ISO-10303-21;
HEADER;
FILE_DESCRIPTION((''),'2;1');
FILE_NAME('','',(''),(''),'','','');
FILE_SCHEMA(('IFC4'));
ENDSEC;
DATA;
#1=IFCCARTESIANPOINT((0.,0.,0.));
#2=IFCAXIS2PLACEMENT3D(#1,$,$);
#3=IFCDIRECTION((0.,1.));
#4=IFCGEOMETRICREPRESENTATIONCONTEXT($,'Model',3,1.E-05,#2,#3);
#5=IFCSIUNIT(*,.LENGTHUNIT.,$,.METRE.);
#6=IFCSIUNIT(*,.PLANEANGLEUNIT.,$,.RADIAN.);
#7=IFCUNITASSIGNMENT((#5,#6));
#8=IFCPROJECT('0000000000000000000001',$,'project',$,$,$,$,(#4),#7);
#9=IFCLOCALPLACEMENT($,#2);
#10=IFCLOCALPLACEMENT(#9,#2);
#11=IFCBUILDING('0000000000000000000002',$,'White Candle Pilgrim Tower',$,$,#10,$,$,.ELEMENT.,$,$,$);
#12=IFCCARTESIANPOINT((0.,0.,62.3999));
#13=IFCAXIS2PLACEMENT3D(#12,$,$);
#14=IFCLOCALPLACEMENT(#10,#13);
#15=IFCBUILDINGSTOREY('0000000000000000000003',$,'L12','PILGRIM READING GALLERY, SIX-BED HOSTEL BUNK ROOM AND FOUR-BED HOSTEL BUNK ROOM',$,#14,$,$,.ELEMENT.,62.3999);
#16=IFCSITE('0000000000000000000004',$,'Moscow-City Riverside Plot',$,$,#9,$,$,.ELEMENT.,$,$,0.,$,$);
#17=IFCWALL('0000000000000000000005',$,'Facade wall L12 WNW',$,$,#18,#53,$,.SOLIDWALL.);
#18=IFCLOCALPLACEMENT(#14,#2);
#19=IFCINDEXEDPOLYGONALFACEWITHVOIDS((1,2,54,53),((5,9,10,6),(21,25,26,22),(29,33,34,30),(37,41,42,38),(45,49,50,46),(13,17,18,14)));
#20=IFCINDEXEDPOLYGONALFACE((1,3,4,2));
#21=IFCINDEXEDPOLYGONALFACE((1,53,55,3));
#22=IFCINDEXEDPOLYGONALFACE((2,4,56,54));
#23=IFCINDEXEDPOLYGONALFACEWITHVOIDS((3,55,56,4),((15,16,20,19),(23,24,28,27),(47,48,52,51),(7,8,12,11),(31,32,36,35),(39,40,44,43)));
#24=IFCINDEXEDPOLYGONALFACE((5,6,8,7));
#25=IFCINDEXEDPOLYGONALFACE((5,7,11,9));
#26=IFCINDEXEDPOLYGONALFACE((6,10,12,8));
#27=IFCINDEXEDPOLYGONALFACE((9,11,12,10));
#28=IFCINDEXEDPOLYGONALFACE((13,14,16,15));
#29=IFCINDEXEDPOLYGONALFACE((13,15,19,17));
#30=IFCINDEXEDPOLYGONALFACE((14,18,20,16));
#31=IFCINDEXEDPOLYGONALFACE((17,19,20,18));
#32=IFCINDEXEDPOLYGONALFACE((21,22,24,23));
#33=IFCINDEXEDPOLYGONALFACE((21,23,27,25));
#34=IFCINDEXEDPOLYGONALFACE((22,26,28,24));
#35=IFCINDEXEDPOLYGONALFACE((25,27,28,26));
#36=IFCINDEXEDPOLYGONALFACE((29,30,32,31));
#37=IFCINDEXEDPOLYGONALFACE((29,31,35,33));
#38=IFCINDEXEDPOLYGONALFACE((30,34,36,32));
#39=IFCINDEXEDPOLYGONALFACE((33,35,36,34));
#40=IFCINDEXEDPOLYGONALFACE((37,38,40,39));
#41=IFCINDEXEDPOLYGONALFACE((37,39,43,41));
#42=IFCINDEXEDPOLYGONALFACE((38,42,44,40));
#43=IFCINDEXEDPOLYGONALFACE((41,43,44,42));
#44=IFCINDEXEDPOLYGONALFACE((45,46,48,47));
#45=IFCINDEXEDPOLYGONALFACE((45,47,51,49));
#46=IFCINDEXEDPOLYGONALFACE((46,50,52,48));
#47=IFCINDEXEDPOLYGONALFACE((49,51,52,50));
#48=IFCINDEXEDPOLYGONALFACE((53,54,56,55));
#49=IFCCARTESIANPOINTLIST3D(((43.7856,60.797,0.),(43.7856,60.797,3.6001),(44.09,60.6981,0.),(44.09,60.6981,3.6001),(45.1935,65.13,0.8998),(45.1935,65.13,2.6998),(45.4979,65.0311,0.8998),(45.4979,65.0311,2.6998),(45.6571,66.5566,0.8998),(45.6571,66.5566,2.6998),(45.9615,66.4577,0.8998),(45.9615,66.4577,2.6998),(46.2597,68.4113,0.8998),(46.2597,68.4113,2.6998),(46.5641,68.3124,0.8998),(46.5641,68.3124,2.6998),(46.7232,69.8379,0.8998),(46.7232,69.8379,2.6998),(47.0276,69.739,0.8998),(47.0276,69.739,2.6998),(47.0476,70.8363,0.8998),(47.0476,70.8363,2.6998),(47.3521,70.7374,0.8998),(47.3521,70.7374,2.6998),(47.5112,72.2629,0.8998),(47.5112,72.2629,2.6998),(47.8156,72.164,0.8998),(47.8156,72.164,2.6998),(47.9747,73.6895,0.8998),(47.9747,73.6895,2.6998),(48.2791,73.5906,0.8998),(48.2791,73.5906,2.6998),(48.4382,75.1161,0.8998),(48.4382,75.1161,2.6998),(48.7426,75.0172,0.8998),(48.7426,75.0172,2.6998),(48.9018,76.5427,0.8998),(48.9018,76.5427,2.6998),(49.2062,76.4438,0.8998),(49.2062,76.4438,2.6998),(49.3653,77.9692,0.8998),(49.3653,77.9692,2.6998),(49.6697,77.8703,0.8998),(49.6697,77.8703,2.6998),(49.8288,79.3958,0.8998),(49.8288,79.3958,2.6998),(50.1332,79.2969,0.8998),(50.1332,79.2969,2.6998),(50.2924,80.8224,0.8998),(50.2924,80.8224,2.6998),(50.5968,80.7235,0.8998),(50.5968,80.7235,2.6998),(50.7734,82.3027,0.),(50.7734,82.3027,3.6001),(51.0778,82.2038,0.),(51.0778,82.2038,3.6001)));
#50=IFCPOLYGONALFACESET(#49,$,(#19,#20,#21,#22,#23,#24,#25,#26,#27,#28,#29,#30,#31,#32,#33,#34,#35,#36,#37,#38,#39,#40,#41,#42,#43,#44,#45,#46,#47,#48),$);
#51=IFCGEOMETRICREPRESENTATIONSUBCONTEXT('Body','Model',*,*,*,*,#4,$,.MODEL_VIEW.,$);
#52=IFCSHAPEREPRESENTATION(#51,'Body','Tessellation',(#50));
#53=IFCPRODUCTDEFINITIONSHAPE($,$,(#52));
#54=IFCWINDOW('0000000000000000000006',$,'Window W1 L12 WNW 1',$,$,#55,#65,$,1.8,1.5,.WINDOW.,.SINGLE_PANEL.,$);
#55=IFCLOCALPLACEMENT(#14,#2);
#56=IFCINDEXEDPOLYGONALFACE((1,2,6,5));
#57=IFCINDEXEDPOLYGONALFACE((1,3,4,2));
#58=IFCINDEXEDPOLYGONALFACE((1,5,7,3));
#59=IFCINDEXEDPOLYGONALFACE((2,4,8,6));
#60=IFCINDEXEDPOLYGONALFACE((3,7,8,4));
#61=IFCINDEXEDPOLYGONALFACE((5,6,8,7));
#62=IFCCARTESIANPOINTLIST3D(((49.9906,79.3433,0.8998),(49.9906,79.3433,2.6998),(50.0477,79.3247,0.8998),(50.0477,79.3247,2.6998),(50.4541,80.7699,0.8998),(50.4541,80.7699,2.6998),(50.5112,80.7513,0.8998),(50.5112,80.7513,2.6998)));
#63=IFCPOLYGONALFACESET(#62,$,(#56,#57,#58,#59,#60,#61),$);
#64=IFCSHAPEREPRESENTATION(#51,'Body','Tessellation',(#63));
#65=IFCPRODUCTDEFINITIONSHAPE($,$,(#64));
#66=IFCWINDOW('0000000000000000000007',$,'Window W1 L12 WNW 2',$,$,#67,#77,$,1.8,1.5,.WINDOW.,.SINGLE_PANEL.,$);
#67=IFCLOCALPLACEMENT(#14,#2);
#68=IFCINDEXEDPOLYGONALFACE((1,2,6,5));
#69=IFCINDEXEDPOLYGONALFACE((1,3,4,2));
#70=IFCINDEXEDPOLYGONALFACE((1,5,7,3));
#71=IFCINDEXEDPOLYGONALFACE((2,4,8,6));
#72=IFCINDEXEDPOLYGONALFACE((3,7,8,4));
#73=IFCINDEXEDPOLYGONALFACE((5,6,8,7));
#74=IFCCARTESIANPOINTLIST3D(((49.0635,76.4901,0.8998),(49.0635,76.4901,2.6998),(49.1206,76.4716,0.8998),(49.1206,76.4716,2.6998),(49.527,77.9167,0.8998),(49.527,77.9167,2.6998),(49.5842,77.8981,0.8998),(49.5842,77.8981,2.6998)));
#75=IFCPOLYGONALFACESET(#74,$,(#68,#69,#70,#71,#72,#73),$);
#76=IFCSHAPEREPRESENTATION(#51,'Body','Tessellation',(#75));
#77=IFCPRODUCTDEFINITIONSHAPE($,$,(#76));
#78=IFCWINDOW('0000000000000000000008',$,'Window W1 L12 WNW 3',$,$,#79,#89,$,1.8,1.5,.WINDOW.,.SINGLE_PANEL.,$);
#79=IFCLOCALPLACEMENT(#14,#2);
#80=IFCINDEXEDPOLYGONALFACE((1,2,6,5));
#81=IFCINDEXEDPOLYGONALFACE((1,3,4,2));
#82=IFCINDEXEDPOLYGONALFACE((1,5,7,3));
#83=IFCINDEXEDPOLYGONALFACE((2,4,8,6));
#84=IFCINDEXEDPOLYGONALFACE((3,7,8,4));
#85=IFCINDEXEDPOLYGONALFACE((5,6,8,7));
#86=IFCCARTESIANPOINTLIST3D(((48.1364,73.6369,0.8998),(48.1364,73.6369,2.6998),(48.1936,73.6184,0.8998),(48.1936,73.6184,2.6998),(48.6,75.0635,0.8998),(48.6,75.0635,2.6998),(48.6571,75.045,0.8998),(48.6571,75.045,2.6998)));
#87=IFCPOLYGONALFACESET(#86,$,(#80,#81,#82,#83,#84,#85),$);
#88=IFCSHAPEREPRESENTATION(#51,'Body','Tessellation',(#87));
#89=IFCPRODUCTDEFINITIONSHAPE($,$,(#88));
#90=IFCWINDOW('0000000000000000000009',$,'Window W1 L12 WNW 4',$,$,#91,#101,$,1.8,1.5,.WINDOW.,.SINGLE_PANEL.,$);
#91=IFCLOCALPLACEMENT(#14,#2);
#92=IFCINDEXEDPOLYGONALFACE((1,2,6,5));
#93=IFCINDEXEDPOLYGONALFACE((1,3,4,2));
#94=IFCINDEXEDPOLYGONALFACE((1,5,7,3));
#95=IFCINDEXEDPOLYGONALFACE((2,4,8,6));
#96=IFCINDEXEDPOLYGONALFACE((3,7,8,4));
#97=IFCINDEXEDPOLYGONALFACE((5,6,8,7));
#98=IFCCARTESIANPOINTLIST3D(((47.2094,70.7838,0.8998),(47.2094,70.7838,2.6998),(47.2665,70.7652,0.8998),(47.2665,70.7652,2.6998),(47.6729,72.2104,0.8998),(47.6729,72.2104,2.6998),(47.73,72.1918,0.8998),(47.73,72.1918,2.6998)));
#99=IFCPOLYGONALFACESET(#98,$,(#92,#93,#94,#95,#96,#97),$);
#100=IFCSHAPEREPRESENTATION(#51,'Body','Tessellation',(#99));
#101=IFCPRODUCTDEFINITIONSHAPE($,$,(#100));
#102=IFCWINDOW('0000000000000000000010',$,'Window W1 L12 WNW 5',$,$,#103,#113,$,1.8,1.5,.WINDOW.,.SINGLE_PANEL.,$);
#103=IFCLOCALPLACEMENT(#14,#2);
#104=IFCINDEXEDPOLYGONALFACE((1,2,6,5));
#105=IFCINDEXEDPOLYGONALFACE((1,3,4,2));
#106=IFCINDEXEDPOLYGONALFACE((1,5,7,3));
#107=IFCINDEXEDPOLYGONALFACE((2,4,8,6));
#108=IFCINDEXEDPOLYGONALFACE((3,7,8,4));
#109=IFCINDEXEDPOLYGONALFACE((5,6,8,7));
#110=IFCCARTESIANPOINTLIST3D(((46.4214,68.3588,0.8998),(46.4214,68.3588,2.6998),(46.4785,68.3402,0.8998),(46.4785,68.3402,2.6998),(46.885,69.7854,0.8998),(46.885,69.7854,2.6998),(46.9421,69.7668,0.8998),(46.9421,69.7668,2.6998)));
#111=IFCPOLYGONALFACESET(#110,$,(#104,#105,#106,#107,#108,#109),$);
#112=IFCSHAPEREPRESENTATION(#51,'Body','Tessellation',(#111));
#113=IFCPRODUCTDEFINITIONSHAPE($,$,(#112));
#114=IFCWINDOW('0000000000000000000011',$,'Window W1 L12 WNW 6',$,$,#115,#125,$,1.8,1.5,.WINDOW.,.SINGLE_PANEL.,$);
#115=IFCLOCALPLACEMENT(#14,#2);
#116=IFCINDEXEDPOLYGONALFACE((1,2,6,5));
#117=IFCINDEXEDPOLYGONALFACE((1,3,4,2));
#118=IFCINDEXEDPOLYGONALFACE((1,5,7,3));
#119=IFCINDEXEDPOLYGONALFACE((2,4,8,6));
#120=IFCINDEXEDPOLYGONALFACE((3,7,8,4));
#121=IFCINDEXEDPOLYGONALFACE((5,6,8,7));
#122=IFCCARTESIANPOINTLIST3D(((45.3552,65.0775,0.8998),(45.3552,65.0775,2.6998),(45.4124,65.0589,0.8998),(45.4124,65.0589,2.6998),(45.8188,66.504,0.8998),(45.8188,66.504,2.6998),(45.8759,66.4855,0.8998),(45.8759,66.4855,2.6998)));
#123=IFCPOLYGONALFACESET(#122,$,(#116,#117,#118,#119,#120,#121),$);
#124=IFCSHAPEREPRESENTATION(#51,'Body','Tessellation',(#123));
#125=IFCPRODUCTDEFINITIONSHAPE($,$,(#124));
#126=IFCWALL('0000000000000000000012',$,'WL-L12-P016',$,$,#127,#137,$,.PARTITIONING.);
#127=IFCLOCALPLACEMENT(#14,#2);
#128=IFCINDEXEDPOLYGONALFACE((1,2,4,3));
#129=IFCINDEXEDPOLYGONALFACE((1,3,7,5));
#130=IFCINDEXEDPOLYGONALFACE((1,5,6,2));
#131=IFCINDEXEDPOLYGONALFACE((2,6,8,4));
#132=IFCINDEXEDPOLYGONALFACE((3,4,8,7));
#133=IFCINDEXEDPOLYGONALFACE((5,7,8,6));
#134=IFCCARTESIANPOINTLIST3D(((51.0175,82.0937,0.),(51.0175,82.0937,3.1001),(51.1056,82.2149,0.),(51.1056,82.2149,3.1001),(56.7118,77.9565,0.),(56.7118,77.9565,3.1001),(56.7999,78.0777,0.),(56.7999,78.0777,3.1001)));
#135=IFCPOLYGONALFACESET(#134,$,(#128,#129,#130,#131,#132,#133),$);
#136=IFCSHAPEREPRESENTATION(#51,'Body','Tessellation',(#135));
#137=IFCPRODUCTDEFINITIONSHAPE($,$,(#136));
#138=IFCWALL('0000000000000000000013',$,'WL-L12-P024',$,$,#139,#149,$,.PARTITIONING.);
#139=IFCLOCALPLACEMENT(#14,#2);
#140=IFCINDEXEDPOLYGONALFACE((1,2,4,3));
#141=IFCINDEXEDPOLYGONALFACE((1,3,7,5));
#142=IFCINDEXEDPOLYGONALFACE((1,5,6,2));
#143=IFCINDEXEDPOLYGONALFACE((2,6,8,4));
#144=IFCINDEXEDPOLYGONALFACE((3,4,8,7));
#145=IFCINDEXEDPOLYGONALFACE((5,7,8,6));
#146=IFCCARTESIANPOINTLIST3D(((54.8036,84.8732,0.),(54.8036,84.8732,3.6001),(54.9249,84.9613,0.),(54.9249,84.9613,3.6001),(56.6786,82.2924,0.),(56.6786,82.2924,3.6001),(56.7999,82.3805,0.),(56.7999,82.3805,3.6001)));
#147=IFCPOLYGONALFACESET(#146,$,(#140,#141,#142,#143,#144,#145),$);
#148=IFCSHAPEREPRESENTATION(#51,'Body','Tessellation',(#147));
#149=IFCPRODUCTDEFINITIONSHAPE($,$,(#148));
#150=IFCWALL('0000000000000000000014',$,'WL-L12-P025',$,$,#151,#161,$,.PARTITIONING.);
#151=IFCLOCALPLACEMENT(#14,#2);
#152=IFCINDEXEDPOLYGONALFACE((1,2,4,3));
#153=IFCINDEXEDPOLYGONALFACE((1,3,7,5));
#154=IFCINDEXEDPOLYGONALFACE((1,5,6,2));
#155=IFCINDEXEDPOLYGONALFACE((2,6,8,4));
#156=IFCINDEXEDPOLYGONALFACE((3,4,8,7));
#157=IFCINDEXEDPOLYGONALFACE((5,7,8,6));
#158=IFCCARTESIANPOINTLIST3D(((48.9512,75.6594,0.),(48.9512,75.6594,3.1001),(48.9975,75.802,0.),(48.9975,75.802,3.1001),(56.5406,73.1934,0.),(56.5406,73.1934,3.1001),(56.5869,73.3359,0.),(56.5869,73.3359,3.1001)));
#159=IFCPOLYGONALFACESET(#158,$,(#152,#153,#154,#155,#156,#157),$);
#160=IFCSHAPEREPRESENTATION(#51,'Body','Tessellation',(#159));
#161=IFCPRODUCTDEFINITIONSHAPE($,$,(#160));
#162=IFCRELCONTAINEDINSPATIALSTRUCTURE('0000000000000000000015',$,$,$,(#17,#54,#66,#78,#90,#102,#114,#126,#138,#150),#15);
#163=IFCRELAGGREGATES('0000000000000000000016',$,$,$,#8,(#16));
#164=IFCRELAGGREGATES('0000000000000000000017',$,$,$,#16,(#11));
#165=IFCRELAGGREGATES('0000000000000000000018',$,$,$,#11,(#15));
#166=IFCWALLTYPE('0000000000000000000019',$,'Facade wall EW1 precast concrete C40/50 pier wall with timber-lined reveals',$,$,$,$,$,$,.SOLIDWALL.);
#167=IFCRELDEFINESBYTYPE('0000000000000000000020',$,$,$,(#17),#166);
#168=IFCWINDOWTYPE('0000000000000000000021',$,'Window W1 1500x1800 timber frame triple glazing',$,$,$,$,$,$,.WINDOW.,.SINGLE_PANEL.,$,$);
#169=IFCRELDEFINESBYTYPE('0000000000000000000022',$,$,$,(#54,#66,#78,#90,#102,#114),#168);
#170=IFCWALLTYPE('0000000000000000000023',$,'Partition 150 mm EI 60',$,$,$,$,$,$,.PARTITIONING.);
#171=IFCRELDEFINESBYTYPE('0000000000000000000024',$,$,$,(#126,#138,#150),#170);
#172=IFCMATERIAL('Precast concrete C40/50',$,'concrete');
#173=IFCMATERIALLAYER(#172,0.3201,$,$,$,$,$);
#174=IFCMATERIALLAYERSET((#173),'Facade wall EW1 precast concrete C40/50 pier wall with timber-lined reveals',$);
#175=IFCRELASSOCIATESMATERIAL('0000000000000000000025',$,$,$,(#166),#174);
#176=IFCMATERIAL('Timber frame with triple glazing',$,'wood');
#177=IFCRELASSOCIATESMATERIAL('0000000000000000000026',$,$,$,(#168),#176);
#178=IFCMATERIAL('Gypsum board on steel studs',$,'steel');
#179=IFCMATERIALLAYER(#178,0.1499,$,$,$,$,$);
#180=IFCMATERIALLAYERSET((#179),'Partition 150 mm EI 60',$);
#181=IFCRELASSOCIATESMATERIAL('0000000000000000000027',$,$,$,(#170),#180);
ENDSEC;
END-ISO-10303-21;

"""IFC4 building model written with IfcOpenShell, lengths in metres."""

from ifc_helpers import new_model, si_unit, direction, frame, frame_2d, origin, place, context, subcontext, project, spatial, rectangle, extrude, material, layer, layer_set, type_object, element, fill, save


model = new_model("IFC4")

# Units and contexts
model_context = context("Model", 3, precision=1e-05, world=origin(), true_north=direction((0.0, 1.0)))
body_context = subcontext(model_context, "Body", "Model", "MODEL_VIEW")
ifc_project = project(units=[si_unit("LENGTHUNIT", "METRE"), si_unit("PLANEANGLEUNIT", "RADIAN")], contexts=[model_context])

# Site, building, storey
site_placement = place(None, origin())
site = spatial("IfcSite", under=ifc_project, at=site_placement, Name="Moscow-City Riverside Plot", CompositionType="ELEMENT", RefElevation=0.0)
building_placement = place(site_placement, origin())
building = spatial("IfcBuilding", under=site, at=building_placement, Name="White Candle Pilgrim Tower", CompositionType="ELEMENT")
storey_placement = place(building_placement, frame((0.0, 0.0, 62.3999)))
storey = spatial("IfcBuildingStorey", under=building, at=storey_placement, Name="L12", Description="PILGRIM READING GALLERY, SIX-BED HOSTEL BUNK ROOM AND FOUR-BED HOSTEL BUNK ROOM", CompositionType="ELEMENT", Elevation=62.3999)

# Wall, openings, windows
ifc_material_1 = material(Name="Precast concrete C40/50", Category="concrete")
ifc_layer_1 = layer(ifc_material_1, 0.3201)
ifc_layer_set_1 = layer_set([ifc_layer_1], Name="Facade wall EW1 precast concrete C40/50 pier wall with timber-lined reveals")
wall_type_1 = type_object("IfcWallType", Name="Facade wall EW1 precast concrete C40/50 pier wall with timber-lined reveals", PredefinedType="SOLIDWALL", material=ifc_layer_set_1)
ifc_material_2 = material(Name="Timber frame with triple glazing", Category="wood")
wall_1_placement = place(storey_placement, frame((50.9255, 82.2532, 0.0), z_axis=(0.0, 0.0, 1.0), x_axis=(-0.309022, -0.951055, 0.0)))
wall_1 = element("IfcWall", 1, at=wall_1_placement, inside=storey, type_object=wall_type_1, Name="Facade wall L12 WNW", PredefinedType="SOLIDWALL", context=body_context, shape_type="SweptSolid", body=[
    extrude(rectangle(XDim=22.6125, YDim=0.3201, at=frame_2d((11.3062, 0.0))), origin(), (0.0, 0.0, 1.0), 3.6001),
])
opening_1_placement = place(wall_1_placement, frame((1.5564, 0.0, 0.8999)))
opening_1 = element("IfcOpeningElement", 2, at=opening_1_placement, cuts=wall_1, PredefinedType="OPENING", context=body_context, shape_type="SweptSolid", body=[
    extrude(rectangle(XDim=1.5, YDim=1.8, at=frame_2d((0.75, 0.8999))), frame((0.0, 0.1699, 0.0), z_axis=(0.0, -1.0, 0.0), x_axis=(1.0, 0.0, 0.0)), (0.0, 0.0, 1.0), 0.3401),
])
opening_2_placement = place(wall_1_placement, frame((4.5564, 0.0, 0.8999)))
opening_2 = element("IfcOpeningElement", 3, at=opening_2_placement, cuts=wall_1, PredefinedType="OPENING", context=body_context, shape_type="SweptSolid", body=[
    extrude(rectangle(XDim=1.5, YDim=1.8, at=frame_2d((0.75, 0.8999))), frame((0.0, 0.1699, 0.0), z_axis=(0.0, -1.0, 0.0), x_axis=(1.0, 0.0, 0.0)), (0.0, 0.0, 1.0), 0.3401),
])
opening_3_placement = place(wall_1_placement, frame((7.5564, 0.0, 0.8999)))
opening_3 = element("IfcOpeningElement", 4, at=opening_3_placement, cuts=wall_1, PredefinedType="OPENING", context=body_context, shape_type="SweptSolid", body=[
    extrude(rectangle(XDim=1.5, YDim=1.8, at=frame_2d((0.75, 0.8999))), frame((0.0, 0.1699, 0.0), z_axis=(0.0, -1.0, 0.0), x_axis=(1.0, 0.0, 0.0)), (0.0, 0.0, 1.0), 0.3401),
])
opening_4_placement = place(wall_1_placement, frame((10.5564, 0.0, 0.8999)))
opening_4 = element("IfcOpeningElement", 5, at=opening_4_placement, cuts=wall_1, PredefinedType="OPENING", context=body_context, shape_type="SweptSolid", body=[
    extrude(rectangle(XDim=1.5, YDim=1.8, at=frame_2d((0.75, 0.8999))), frame((0.0, 0.1699, 0.0), z_axis=(0.0, -1.0, 0.0), x_axis=(1.0, 0.0, 0.0)), (0.0, 0.0, 1.0), 0.3401),
])
opening_5_placement = place(wall_1_placement, frame((13.1062, 0.0, 0.8999)))
opening_5 = element("IfcOpeningElement", 6, at=opening_5_placement, cuts=wall_1, PredefinedType="OPENING", context=body_context, shape_type="SweptSolid", body=[
    extrude(rectangle(XDim=1.5, YDim=1.8, at=frame_2d((0.75, 0.8999))), frame((0.0, 0.1699, 0.0), z_axis=(0.0, -1.0, 0.0), x_axis=(1.0, 0.0, 0.0)), (0.0, 0.0, 1.0), 0.3401),
])
opening_6_placement = place(wall_1_placement, frame((16.5564, 0.0, 0.8999)))
opening_6 = element("IfcOpeningElement", 7, at=opening_6_placement, cuts=wall_1, PredefinedType="OPENING", context=body_context, shape_type="SweptSolid", body=[
    extrude(rectangle(XDim=1.5, YDim=1.8, at=frame_2d((0.75, 0.8999))), frame((0.0, 0.1699, 0.0), z_axis=(0.0, -1.0, 0.0), x_axis=(1.0, 0.0, 0.0)), (0.0, 0.0, 1.0), 0.3401),
])
window_type_1 = type_object("IfcWindowType", Name="Window W1 1500x1800 timber frame triple glazing", PartitioningType="SINGLE_PANEL", PredefinedType="WINDOW", material=ifc_material_2)
window_1_placement = place(opening_1_placement, origin())
window_1 = element("IfcWindow", 8, at=window_1_placement, inside=storey, type_object=window_type_1, Name="Window W1 L12 WNW 1", OverallHeight=1.8, OverallWidth=1.5, PartitioningType="SINGLE_PANEL", PredefinedType="WINDOW", context=body_context, shape_type="SweptSolid", body=[
    extrude(rectangle(XDim=1.5, YDim=1.8, at=frame_2d((0.75, 0.8999))), frame((0.0, 0.0701, 0.0), z_axis=(0.0, -1.0, 0.0), x_axis=(1.0, 0.0, 0.0)), (0.0, 0.0, 1.0), 0.0601),
])
fill(opening_1, window_1)
window_2_placement = place(opening_2_placement, origin())
window_2 = element("IfcWindow", 9, at=window_2_placement, inside=storey, type_object=window_type_1, Name="Window W1 L12 WNW 2", OverallHeight=1.8, OverallWidth=1.5, PartitioningType="SINGLE_PANEL", PredefinedType="WINDOW", context=body_context, shape_type="SweptSolid", body=[
    extrude(rectangle(XDim=1.5, YDim=1.8, at=frame_2d((0.75, 0.8999))), frame((0.0, 0.0701, 0.0), z_axis=(0.0, -1.0, 0.0), x_axis=(1.0, 0.0, 0.0)), (0.0, 0.0, 1.0), 0.0601),
])
fill(opening_2, window_2)
window_3_placement = place(opening_3_placement, origin())
window_3 = element("IfcWindow", 10, at=window_3_placement, inside=storey, type_object=window_type_1, Name="Window W1 L12 WNW 3", OverallHeight=1.8, OverallWidth=1.5, PartitioningType="SINGLE_PANEL", PredefinedType="WINDOW", context=body_context, shape_type="SweptSolid", body=[
    extrude(rectangle(XDim=1.5, YDim=1.8, at=frame_2d((0.75, 0.8999))), frame((0.0, 0.0701, 0.0), z_axis=(0.0, -1.0, 0.0), x_axis=(1.0, 0.0, 0.0)), (0.0, 0.0, 1.0), 0.0601),
])
fill(opening_3, window_3)
window_4_placement = place(opening_4_placement, origin())
window_4 = element("IfcWindow", 11, at=window_4_placement, inside=storey, type_object=window_type_1, Name="Window W1 L12 WNW 4", OverallHeight=1.8, OverallWidth=1.5, PartitioningType="SINGLE_PANEL", PredefinedType="WINDOW", context=body_context, shape_type="SweptSolid", body=[
    extrude(rectangle(XDim=1.5, YDim=1.8, at=frame_2d((0.75, 0.8999))), frame((0.0, 0.0701, 0.0), z_axis=(0.0, -1.0, 0.0), x_axis=(1.0, 0.0, 0.0)), (0.0, 0.0, 1.0), 0.0601),
])
fill(opening_4, window_4)
window_5_placement = place(opening_5_placement, origin())
window_5 = element("IfcWindow", 12, at=window_5_placement, inside=storey, type_object=window_type_1, Name="Window W1 L12 WNW 5", OverallHeight=1.8, OverallWidth=1.5, PartitioningType="SINGLE_PANEL", PredefinedType="WINDOW", context=body_context, shape_type="SweptSolid", body=[
    extrude(rectangle(XDim=1.5, YDim=1.8, at=frame_2d((0.75, 0.8999))), frame((0.0, 0.0701, 0.0), z_axis=(0.0, -1.0, 0.0), x_axis=(1.0, 0.0, 0.0)), (0.0, 0.0, 1.0), 0.0601),
])
fill(opening_5, window_5)
window_6_placement = place(opening_6_placement, origin())
window_6 = element("IfcWindow", 13, at=window_6_placement, inside=storey, type_object=window_type_1, Name="Window W1 L12 WNW 6", OverallHeight=1.8, OverallWidth=1.5, PartitioningType="SINGLE_PANEL", PredefinedType="WINDOW", context=body_context, shape_type="SweptSolid", body=[
    extrude(rectangle(XDim=1.5, YDim=1.8, at=frame_2d((0.75, 0.8999))), frame((0.0, 0.0701, 0.0), z_axis=(0.0, -1.0, 0.0), x_axis=(1.0, 0.0, 0.0)), (0.0, 0.0, 1.0), 0.0601),
])
fill(opening_6, window_6)

# Walls
ifc_material_3 = material(Name="Gypsum board on steel studs", Category="steel")
ifc_layer_2 = layer(ifc_material_3, 0.1499)
ifc_layer_set_2 = layer_set([ifc_layer_2], Name="Partition 150 mm EI 60")
wall_type_2 = type_object("IfcWallType", Name="Partition 150 mm EI 60", PredefinedType="PARTITIONING", material=ifc_layer_set_2)
wall_2_placement = place(storey_placement, frame((51.0615, 82.1543, 0.0), z_axis=(0.0, 0.0, 1.0), x_axis=(0.809015, -0.587788, 0.0)))
element("IfcWall", 14, at=wall_2_placement, inside=storey, type_object=wall_type_2, Name="WL-L12-P016", PredefinedType="PARTITIONING", context=body_context, shape_type="SweptSolid", body=[
    extrude(rectangle(XDim=7.0386, YDim=0.1499, at=frame_2d((3.5193, 0.0))), origin(), (0.0, 0.0, 1.0), 3.1001),
])
wall_3_placement = place(storey_placement, frame((54.8643, 84.9172, 0.0), z_axis=(0.0, 0.0, 1.0), x_axis=(0.587771, -0.809027, 0.0)))
element("IfcWall", 15, at=wall_3_placement, inside=storey, type_object=wall_type_2, Name="WL-L12-P024", PredefinedType="PARTITIONING", context=body_context, shape_type="SweptSolid", body=[
    extrude(rectangle(XDim=3.1899, YDim=0.1499, at=frame_2d((1.595, 0.0))), origin(), (0.0, 0.0, 1.0), 3.6001),
])
wall_4_placement = place(storey_placement, frame((48.9744, 75.7307, 0.0), z_axis=(0.0, 0.0, 1.0), x_axis=(0.951052, -0.309032, 0.0)))
element("IfcWall", 16, at=wall_4_placement, inside=storey, type_object=wall_type_2, Name="WL-L12-P025", PredefinedType="PARTITIONING", context=body_context, shape_type="SweptSolid", body=[
    extrude(rectangle(XDim=7.98, YDim=0.1499, at=frame_2d((3.99, 0.0))), origin(), (0.0, 0.0, 1.0), 3.1001),
])

save(model, "model.ifc")
